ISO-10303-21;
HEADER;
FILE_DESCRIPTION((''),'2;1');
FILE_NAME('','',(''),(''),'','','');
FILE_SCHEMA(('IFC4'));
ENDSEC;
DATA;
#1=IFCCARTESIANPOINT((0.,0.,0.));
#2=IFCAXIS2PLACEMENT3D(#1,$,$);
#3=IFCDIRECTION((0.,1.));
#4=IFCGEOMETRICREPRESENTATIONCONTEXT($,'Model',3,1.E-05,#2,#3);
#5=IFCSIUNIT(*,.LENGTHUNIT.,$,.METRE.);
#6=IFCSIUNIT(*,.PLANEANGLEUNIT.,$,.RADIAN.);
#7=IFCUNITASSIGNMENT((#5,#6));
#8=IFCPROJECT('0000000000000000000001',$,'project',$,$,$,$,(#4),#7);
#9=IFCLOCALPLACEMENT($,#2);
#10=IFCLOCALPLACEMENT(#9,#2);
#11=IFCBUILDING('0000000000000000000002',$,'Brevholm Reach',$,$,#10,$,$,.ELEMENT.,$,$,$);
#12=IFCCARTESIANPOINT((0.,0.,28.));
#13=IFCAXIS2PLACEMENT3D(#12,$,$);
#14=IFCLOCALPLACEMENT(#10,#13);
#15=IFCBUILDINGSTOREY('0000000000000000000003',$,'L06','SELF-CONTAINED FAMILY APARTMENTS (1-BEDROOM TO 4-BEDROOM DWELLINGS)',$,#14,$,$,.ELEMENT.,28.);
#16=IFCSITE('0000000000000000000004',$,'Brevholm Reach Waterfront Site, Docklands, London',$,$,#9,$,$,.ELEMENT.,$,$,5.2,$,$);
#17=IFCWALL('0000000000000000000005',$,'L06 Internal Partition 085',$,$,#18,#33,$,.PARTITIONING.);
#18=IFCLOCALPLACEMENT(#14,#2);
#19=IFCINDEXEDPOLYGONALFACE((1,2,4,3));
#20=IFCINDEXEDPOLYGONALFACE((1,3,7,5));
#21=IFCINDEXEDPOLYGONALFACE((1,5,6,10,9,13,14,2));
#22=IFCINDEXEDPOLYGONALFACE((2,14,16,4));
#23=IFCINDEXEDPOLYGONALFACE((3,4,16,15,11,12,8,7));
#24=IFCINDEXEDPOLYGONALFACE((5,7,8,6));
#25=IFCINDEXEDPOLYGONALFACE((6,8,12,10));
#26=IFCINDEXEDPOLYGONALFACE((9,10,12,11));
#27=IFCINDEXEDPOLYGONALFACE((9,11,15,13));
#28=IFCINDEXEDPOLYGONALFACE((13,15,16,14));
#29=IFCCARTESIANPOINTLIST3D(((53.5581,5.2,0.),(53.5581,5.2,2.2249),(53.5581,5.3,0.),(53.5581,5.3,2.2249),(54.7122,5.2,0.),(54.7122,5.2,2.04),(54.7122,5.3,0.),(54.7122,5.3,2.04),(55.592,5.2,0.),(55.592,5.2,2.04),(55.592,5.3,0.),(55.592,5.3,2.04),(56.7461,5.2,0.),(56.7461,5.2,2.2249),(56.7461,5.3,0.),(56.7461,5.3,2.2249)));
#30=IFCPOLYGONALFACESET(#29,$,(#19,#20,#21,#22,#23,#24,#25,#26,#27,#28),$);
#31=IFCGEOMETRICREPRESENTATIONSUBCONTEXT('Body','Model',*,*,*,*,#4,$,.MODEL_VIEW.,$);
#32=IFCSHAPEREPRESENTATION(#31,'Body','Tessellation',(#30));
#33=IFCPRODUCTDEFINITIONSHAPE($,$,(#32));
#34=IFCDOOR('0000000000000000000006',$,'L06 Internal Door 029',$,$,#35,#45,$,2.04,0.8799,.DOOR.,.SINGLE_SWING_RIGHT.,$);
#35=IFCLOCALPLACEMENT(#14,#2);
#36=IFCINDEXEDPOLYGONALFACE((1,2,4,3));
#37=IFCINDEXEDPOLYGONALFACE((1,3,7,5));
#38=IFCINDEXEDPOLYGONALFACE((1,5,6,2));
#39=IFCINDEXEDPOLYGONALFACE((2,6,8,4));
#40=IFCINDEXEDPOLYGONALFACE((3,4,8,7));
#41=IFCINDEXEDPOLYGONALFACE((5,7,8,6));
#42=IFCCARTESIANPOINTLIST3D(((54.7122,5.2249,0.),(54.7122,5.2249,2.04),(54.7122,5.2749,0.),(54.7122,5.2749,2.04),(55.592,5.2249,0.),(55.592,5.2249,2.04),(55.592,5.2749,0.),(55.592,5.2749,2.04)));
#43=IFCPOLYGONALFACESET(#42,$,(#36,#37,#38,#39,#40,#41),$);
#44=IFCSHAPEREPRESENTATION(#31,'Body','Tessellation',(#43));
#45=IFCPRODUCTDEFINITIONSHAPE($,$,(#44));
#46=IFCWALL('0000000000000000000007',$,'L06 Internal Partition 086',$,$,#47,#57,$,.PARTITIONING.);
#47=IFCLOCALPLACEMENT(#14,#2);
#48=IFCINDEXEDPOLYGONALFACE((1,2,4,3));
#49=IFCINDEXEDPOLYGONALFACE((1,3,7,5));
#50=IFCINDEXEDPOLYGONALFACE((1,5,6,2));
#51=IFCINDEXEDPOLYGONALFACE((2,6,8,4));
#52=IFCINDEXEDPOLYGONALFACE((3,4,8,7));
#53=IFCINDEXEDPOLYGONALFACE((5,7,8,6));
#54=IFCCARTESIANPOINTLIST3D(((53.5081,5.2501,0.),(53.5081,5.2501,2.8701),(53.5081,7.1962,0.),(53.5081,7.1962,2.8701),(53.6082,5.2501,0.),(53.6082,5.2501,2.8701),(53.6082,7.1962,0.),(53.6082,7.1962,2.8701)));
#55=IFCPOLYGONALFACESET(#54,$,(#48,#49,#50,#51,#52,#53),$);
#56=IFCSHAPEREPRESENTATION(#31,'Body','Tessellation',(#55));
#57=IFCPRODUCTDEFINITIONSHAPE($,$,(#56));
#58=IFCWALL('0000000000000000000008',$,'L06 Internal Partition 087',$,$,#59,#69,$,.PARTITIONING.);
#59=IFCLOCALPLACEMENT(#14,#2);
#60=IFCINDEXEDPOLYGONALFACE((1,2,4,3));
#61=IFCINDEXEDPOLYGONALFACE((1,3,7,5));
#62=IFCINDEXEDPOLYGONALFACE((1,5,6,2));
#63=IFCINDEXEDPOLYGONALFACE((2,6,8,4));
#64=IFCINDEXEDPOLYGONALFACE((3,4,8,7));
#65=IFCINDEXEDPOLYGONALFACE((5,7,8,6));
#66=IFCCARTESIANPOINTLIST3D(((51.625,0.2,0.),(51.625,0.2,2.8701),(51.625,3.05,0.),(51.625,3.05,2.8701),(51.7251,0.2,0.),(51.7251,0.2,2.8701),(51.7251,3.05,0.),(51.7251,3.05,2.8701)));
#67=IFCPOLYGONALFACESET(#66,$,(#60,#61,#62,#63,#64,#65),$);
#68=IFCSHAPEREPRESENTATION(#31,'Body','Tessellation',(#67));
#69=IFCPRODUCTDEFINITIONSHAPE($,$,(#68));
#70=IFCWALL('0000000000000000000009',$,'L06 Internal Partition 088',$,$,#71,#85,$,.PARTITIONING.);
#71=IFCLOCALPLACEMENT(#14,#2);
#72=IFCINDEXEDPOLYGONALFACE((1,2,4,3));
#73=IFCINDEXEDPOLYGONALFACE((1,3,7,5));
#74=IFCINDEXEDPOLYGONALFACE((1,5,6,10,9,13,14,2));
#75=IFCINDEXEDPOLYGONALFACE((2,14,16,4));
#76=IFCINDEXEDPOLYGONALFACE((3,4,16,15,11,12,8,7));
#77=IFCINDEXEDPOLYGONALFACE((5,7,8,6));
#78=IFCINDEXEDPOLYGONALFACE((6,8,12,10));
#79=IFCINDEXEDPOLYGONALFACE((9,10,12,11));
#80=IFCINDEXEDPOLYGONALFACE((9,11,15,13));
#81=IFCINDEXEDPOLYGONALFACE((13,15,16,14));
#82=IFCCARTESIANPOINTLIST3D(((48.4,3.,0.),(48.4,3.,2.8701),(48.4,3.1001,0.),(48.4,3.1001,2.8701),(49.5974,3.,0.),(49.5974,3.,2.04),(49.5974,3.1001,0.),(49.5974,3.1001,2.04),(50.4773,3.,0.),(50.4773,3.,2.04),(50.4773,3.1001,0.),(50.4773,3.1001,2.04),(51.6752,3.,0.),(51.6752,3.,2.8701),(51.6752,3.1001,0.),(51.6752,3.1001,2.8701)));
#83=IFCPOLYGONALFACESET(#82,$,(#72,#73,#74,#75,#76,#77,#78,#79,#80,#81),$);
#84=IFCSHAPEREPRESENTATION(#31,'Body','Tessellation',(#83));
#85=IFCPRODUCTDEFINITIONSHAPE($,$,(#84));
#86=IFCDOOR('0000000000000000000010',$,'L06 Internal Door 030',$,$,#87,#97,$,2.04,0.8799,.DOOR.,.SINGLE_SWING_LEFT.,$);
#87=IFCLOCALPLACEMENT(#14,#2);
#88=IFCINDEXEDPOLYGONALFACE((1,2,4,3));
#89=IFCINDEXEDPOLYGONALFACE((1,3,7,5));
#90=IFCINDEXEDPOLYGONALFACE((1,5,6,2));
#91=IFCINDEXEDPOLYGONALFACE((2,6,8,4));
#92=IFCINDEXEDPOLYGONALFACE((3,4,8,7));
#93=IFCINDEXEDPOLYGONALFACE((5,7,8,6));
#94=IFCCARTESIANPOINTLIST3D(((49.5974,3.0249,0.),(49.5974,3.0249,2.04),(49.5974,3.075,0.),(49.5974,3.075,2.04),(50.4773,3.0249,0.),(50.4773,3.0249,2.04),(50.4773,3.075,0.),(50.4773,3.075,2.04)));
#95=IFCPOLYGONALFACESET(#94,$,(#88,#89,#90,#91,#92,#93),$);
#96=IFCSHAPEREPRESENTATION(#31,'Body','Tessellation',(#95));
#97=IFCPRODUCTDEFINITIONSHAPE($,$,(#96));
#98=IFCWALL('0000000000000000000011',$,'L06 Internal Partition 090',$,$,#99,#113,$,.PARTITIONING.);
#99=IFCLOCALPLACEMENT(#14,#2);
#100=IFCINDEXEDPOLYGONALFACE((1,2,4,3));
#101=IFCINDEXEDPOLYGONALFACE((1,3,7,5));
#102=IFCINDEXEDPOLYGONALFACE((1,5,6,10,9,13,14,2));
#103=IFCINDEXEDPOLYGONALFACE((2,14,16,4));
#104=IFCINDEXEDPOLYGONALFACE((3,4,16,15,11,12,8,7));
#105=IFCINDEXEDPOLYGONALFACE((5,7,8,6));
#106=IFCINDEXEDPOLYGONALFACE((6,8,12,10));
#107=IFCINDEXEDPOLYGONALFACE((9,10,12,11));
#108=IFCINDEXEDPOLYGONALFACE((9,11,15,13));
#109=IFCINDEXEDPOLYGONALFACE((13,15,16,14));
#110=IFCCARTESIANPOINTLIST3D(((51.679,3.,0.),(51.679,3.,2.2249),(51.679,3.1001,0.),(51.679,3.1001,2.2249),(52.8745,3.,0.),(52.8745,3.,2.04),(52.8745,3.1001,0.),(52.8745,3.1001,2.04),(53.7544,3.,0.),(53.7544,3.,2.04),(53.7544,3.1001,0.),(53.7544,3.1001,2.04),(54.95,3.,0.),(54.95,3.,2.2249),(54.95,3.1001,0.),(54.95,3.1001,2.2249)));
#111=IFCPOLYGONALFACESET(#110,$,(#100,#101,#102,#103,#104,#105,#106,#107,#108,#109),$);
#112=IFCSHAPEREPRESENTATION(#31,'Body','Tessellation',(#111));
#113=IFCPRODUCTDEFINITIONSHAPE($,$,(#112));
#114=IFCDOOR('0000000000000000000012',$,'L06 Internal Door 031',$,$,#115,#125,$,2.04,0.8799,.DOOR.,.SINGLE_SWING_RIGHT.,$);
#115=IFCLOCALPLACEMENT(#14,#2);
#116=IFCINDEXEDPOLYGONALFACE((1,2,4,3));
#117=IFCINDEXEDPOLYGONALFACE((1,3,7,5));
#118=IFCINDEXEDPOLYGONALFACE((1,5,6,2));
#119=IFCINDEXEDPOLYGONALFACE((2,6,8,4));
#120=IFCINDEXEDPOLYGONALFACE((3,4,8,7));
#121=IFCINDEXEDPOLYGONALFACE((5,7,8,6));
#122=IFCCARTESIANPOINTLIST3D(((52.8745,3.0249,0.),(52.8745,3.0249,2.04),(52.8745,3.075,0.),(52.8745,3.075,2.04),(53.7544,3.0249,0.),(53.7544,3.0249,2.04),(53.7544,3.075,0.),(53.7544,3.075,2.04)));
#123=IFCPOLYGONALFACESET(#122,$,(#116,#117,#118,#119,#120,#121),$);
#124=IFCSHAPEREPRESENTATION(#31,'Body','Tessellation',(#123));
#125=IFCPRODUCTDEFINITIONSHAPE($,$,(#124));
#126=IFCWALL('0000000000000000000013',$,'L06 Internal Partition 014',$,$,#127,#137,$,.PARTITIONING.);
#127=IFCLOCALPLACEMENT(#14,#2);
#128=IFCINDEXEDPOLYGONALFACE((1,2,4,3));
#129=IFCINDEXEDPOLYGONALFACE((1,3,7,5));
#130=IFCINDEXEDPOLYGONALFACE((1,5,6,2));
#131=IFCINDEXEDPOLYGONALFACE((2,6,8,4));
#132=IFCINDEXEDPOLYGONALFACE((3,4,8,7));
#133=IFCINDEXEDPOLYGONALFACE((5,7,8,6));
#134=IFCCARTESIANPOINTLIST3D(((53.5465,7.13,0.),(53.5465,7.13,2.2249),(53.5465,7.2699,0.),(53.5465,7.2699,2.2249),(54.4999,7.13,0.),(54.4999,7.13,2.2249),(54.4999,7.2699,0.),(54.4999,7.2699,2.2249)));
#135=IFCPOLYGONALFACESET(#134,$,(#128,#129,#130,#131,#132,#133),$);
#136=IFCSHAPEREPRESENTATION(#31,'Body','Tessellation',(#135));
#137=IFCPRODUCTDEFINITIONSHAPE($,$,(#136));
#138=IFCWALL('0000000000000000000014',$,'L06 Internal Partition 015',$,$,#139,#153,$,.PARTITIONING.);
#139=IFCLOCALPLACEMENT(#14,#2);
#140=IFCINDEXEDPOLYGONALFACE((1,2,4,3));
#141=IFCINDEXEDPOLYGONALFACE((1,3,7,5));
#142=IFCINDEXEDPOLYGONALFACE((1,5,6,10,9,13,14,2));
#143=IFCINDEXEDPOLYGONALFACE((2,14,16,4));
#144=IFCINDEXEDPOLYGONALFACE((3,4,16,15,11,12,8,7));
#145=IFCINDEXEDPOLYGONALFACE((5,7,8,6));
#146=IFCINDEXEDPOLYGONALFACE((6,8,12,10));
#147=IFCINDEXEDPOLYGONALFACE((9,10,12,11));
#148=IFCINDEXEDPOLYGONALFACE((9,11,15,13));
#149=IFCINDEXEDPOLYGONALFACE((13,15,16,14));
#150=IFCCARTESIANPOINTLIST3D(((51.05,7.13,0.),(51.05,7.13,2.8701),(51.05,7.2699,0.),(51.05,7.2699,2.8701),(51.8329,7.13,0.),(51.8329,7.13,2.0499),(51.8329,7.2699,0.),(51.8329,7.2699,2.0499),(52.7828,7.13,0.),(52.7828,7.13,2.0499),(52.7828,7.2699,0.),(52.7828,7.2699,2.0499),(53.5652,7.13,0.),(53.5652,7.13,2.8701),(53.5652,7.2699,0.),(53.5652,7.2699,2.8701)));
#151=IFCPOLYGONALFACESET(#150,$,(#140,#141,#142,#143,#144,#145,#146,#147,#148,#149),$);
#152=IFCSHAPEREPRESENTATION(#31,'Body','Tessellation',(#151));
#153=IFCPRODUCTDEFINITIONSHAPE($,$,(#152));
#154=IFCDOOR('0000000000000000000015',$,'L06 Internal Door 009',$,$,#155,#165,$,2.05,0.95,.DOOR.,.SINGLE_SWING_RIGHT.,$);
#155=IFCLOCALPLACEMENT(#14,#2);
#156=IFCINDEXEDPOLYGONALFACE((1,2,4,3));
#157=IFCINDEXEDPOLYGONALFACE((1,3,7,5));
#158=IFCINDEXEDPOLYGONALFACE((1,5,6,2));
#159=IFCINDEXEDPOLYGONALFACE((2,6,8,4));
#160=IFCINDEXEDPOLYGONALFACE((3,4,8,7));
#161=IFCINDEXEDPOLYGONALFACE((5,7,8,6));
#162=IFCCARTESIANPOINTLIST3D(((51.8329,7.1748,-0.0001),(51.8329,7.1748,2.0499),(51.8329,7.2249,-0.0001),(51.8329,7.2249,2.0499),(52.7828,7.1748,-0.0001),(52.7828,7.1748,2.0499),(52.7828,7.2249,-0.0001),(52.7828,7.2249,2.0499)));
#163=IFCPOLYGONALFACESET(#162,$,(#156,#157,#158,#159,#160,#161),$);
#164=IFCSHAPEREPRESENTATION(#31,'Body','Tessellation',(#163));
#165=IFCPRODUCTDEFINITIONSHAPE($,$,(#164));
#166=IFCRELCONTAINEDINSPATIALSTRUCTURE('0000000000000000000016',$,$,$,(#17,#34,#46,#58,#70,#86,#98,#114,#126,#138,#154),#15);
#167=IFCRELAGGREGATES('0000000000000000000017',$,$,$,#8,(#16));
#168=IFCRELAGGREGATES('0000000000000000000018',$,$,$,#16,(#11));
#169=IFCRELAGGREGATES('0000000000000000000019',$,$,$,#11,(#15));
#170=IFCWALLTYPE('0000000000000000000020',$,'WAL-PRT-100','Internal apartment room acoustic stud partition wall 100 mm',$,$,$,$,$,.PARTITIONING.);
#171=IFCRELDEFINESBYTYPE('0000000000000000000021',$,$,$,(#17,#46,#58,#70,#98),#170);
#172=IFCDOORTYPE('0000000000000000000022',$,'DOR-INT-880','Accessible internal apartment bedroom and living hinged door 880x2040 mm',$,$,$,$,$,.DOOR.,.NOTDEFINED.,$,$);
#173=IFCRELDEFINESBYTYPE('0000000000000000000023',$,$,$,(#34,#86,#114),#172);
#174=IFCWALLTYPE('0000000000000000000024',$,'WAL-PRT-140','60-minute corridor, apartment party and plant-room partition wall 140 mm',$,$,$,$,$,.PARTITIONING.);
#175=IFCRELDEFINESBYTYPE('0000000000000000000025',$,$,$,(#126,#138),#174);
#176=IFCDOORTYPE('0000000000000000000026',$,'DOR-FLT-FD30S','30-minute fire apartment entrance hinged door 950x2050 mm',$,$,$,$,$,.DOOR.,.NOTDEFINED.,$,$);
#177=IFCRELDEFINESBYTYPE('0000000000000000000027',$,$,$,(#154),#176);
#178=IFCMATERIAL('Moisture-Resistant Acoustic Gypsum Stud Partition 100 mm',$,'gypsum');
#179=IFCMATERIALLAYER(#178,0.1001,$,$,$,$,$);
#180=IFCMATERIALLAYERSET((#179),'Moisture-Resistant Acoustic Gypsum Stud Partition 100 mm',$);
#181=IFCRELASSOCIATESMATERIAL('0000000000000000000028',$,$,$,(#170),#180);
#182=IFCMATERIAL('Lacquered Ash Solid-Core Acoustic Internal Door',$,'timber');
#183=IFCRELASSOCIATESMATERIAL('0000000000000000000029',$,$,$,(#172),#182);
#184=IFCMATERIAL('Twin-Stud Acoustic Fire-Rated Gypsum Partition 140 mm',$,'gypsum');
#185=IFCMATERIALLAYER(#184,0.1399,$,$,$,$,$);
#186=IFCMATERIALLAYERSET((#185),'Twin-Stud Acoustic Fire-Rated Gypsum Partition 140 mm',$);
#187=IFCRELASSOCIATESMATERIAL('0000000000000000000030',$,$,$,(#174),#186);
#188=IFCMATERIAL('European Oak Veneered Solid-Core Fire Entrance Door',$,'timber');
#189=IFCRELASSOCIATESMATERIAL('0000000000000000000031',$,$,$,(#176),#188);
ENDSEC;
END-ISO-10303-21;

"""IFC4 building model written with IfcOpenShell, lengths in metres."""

from ifc_helpers import new_model, si_unit, direction, frame, frame_2d, origin, place, context, subcontext, project, spatial, rectangle, extrude, material, layer, layer_set, type_object, element, fill, save


model = new_model("IFC4")

# Units and contexts
model_context = context("Model", 3, precision=1e-05, world=origin(), true_north=direction((0.0, 1.0)))
body_context = subcontext(model_context, "Body", "Model", "MODEL_VIEW")
ifc_project = project(units=[si_unit("LENGTHUNIT", "METRE"), si_unit("PLANEANGLEUNIT", "RADIAN")], contexts=[model_context])

# Site, building, storey
site_placement = place(None, origin())
site = spatial("IfcSite", under=ifc_project, at=site_placement, Name="Brevholm Reach Waterfront Site, Docklands, London", CompositionType="ELEMENT", RefElevation=5.2)
building_placement = place(site_placement, origin())
building = spatial("IfcBuilding", under=site, at=building_placement, Name="Brevholm Reach", CompositionType="ELEMENT")
storey_placement = place(building_placement, frame((0.0, 0.0, 28.0)))
storey = spatial("IfcBuildingStorey", under=building, at=storey_placement, Name="L06", Description="SELF-CONTAINED FAMILY APARTMENTS (1-BEDROOM TO 4-BEDROOM DWELLINGS)", CompositionType="ELEMENT", Elevation=28.0)

# Wall, opening, door
ifc_material_1 = material(Name="Moisture-Resistant Acoustic Gypsum Stud Partition 100 mm", Category="gypsum")
ifc_layer_1 = layer(ifc_material_1, 0.1001)
ifc_layer_set_1 = layer_set([ifc_layer_1], Name="Moisture-Resistant Acoustic Gypsum Stud Partition 100 mm")
wall_type_1 = type_object("IfcWallType", Name="WAL-PRT-100", Description="Internal apartment room acoustic stud partition wall 100 mm", PredefinedType="PARTITIONING", material=ifc_layer_set_1)
wall_1_placement = place(storey_placement, frame((53.5581, 5.25, 0.0), z_axis=(0.0, 0.0, 1.0), x_axis=(1.0, 0.0, 0.0)))
wall_1 = element("IfcWall", 1, at=wall_1_placement, inside=storey, type_object=wall_type_1, Name="L06 Internal Partition 085", PredefinedType="PARTITIONING", context=body_context, shape_type="SweptSolid", body=[
    extrude(rectangle(XDim=3.188, YDim=0.1001, at=frame_2d((1.594, 0.0))), origin(), (0.0, 0.0, 1.0), 2.2249),
])
opening_1_placement = place(wall_1_placement, frame((1.1541, 0.0, 0.0)))
opening_1 = element("IfcOpeningElement", 2, at=opening_1_placement, cuts=wall_1, PredefinedType="OPENING", context=body_context, shape_type="SweptSolid", body=[
    extrude(rectangle(XDim=0.8799, YDim=2.04, at=frame_2d((0.4399, 1.02))), frame((0.0, 0.0601, 0.0), z_axis=(0.0, -1.0, 0.0), x_axis=(1.0, 0.0, 0.0)), (0.0, 0.0, 1.0), 0.1201),
])
ifc_material_2 = material(Name="Lacquered Ash Solid-Core Acoustic Internal Door", Category="timber")
door_type_1 = type_object("IfcDoorType", Name="DOR-INT-880", Description="Accessible internal apartment bedroom and living hinged door 880x2040 mm", OperationType="NOTDEFINED", PredefinedType="DOOR", material=ifc_material_2)
door_1_placement = place(opening_1_placement, origin())
door_1 = element("IfcDoor", 3, at=door_1_placement, inside=storey, type_object=door_type_1, Name="L06 Internal Door 029", OperationType="SINGLE_SWING_RIGHT", OverallHeight=2.04, OverallWidth=0.8799, PredefinedType="DOOR", context=body_context, shape_type="SweptSolid", body=[
    extrude(rectangle(XDim=0.8799, YDim=2.04, at=frame_2d((0.4399, 1.02))), frame((0.0, 0.0249, 0.0), z_axis=(0.0, -1.0, 0.0), x_axis=(1.0, 0.0, 0.0)), (0.0, 0.0, 1.0), 0.05),
])
fill(opening_1, door_1)

# Walls
wall_2_placement = place(storey_placement, frame((53.5581, 5.25, 0.0), z_axis=(0.0, 0.0, 1.0), x_axis=(0.0, 1.0, 0.0)))
element("IfcWall", 4, at=wall_2_placement, inside=storey, type_object=wall_type_1, Name="L06 Internal Partition 086", PredefinedType="PARTITIONING", context=body_context, shape_type="SweptSolid", body=[
    extrude(rectangle(XDim=1.946, YDim=0.1001, at=frame_2d((0.9731, 0.0))), origin(), (0.0, 0.0, 1.0), 2.8701),
])
wall_3_placement = place(storey_placement, frame((51.675, 0.2, 0.0), z_axis=(0.0, 0.0, 1.0), x_axis=(0.0, 1.0, 0.0)))
element("IfcWall", 5, at=wall_3_placement, inside=storey, type_object=wall_type_1, Name="L06 Internal Partition 087", PredefinedType="PARTITIONING", context=body_context, shape_type="SweptSolid", body=[
    extrude(rectangle(XDim=2.8501, YDim=0.1001, at=frame_2d((1.425, 0.0))), origin(), (0.0, 0.0, 1.0), 2.8701),
])

# Walls, openings, doors
wall_4_placement = place(storey_placement, frame((48.3999, 3.05, 0.0), z_axis=(0.0, 0.0, 1.0), x_axis=(1.0, 0.0, 0.0)))
wall_4 = element("IfcWall", 6, at=wall_4_placement, inside=storey, type_object=wall_type_1, Name="L06 Internal Partition 088", PredefinedType="PARTITIONING", context=body_context, shape_type="SweptSolid", body=[
    extrude(rectangle(XDim=3.2751, YDim=0.1001, at=frame_2d((1.6377, 0.0))), origin(), (0.0, 0.0, 1.0), 2.8701),
])
opening_2_placement = place(wall_4_placement, frame((1.1975, 0.0, 0.0)))
opening_2 = element("IfcOpeningElement", 7, at=opening_2_placement, cuts=wall_4, PredefinedType="OPENING", context=body_context, shape_type="SweptSolid", body=[
    extrude(rectangle(XDim=0.8799, YDim=2.04, at=frame_2d((0.4399, 1.02))), frame((0.0, 0.0601, 0.0), z_axis=(0.0, -1.0, 0.0), x_axis=(1.0, 0.0, 0.0)), (0.0, 0.0, 1.0), 0.1201),
])
door_2_placement = place(opening_2_placement, origin())
door_2 = element("IfcDoor", 8, at=door_2_placement, inside=storey, type_object=door_type_1, Name="L06 Internal Door 030", OperationType="SINGLE_SWING_LEFT", OverallHeight=2.04, OverallWidth=0.8799, PredefinedType="DOOR", context=body_context, shape_type="SweptSolid", body=[
    extrude(rectangle(XDim=0.8799, YDim=2.04, at=frame_2d((0.4399, 1.02))), frame((0.0, 0.0249, 0.0), z_axis=(0.0, -1.0, 0.0), x_axis=(1.0, 0.0, 0.0)), (0.0, 0.0, 1.0), 0.05),
])
fill(opening_2, door_2)
wall_5_placement = place(storey_placement, frame((51.679, 3.05, 0.0), z_axis=(0.0, 0.0, 1.0), x_axis=(1.0, 0.0, 0.0)))
wall_5 = element("IfcWall", 9, at=wall_5_placement, inside=storey, type_object=wall_type_1, Name="L06 Internal Partition 090", PredefinedType="PARTITIONING", context=body_context, shape_type="SweptSolid", body=[
    extrude(rectangle(XDim=3.271, YDim=0.1001, at=frame_2d((1.6355, 0.0))), origin(), (0.0, 0.0, 1.0), 2.2249),
])
opening_3_placement = place(wall_5_placement, frame((1.1956, 0.0, 0.0)))
opening_3 = element("IfcOpeningElement", 10, at=opening_3_placement, cuts=wall_5, PredefinedType="OPENING", context=body_context, shape_type="SweptSolid", body=[
    extrude(rectangle(XDim=0.8799, YDim=2.04, at=frame_2d((0.4399, 1.02))), frame((0.0, 0.0601, 0.0), z_axis=(0.0, -1.0, 0.0), x_axis=(1.0, 0.0, 0.0)), (0.0, 0.0, 1.0), 0.1201),
])
door_3_placement = place(opening_3_placement, origin())
door_3 = element("IfcDoor", 11, at=door_3_placement, inside=storey, type_object=door_type_1, Name="L06 Internal Door 031", OperationType="SINGLE_SWING_RIGHT", OverallHeight=2.04, OverallWidth=0.8799, PredefinedType="DOOR", context=body_context, shape_type="SweptSolid", body=[
    extrude(rectangle(XDim=0.8799, YDim=2.04, at=frame_2d((0.4399, 1.02))), frame((0.0, 0.0249, 0.0), z_axis=(0.0, -1.0, 0.0), x_axis=(1.0, 0.0, 0.0)), (0.0, 0.0, 1.0), 0.05),
])
fill(opening_3, door_3)

# Wall
ifc_material_3 = material(Name="Twin-Stud Acoustic Fire-Rated Gypsum Partition 140 mm", Category="gypsum")
ifc_layer_2 = layer(ifc_material_3, 0.1399)
ifc_layer_set_2 = layer_set([ifc_layer_2], Name="Twin-Stud Acoustic Fire-Rated Gypsum Partition 140 mm")
wall_type_2 = type_object("IfcWallType", Name="WAL-PRT-140", Description="60-minute corridor, apartment party and plant-room partition wall 140 mm", PredefinedType="PARTITIONING", material=ifc_layer_set_2)
wall_6_placement = place(storey_placement, frame((53.5466, 7.2, 0.0), z_axis=(0.0, 0.0, 1.0), x_axis=(1.0, 0.0, 0.0)))
element("IfcWall", 12, at=wall_6_placement, inside=storey, type_object=wall_type_2, Name="L06 Internal Partition 014", PredefinedType="PARTITIONING", context=body_context, shape_type="SweptSolid", body=[
    extrude(rectangle(XDim=0.9534, YDim=0.1399, at=frame_2d((0.4766, 0.0))), origin(), (0.0, 0.0, 1.0), 2.2249),
])

# Wall, opening, door
wall_7_placement = place(storey_placement, frame((51.05, 7.2, 0.0), z_axis=(0.0, 0.0, 1.0), x_axis=(1.0, 0.0, 0.0)))
wall_7 = element("IfcWall", 13, at=wall_7_placement, inside=storey, type_object=wall_type_2, Name="L06 Internal Partition 015", PredefinedType="PARTITIONING", context=body_context, shape_type="SweptSolid", body=[
    extrude(rectangle(XDim=2.5151, YDim=0.1399, at=frame_2d((1.2576, 0.0))), origin(), (0.0, 0.0, 1.0), 2.8701),
])
opening_4_placement = place(wall_7_placement, frame((0.7827, 0.0, 0.0)))
opening_4 = element("IfcOpeningElement", 14, at=opening_4_placement, cuts=wall_7, PredefinedType="OPENING", context=body_context, shape_type="SweptSolid", body=[
    extrude(rectangle(XDim=0.95, YDim=2.05, at=frame_2d((0.4751, 1.0249))), frame((0.0, 0.0798, 0.0), z_axis=(0.0, -1.0, 0.0), x_axis=(1.0, 0.0, 0.0)), (0.0, 0.0, 1.0), 0.1599),
])
ifc_material_4 = material(Name="European Oak Veneered Solid-Core Fire Entrance Door", Category="timber")
door_type_2 = type_object("IfcDoorType", Name="DOR-FLT-FD30S", Description="30-minute fire apartment entrance hinged door 950x2050 mm", OperationType="NOTDEFINED", PredefinedType="DOOR", material=ifc_material_4)
door_4_placement = place(opening_4_placement, origin())
door_4 = element("IfcDoor", 15, at=door_4_placement, inside=storey, type_object=door_type_2, Name="L06 Internal Door 009", OperationType="SINGLE_SWING_RIGHT", OverallHeight=2.05, OverallWidth=0.95, PredefinedType="DOOR", context=body_context, shape_type="SweptSolid", body=[
    extrude(rectangle(XDim=0.95, YDim=2.05, at=frame_2d((0.4751, 1.0249))), frame((0.0, 0.0249, 0.0), z_axis=(0.0, -1.0, 0.0), x_axis=(1.0, 0.0, 0.0)), (0.0, 0.0, 1.0), 0.05),
])
fill(opening_4, door_4)

save(model, "model.ifc")
